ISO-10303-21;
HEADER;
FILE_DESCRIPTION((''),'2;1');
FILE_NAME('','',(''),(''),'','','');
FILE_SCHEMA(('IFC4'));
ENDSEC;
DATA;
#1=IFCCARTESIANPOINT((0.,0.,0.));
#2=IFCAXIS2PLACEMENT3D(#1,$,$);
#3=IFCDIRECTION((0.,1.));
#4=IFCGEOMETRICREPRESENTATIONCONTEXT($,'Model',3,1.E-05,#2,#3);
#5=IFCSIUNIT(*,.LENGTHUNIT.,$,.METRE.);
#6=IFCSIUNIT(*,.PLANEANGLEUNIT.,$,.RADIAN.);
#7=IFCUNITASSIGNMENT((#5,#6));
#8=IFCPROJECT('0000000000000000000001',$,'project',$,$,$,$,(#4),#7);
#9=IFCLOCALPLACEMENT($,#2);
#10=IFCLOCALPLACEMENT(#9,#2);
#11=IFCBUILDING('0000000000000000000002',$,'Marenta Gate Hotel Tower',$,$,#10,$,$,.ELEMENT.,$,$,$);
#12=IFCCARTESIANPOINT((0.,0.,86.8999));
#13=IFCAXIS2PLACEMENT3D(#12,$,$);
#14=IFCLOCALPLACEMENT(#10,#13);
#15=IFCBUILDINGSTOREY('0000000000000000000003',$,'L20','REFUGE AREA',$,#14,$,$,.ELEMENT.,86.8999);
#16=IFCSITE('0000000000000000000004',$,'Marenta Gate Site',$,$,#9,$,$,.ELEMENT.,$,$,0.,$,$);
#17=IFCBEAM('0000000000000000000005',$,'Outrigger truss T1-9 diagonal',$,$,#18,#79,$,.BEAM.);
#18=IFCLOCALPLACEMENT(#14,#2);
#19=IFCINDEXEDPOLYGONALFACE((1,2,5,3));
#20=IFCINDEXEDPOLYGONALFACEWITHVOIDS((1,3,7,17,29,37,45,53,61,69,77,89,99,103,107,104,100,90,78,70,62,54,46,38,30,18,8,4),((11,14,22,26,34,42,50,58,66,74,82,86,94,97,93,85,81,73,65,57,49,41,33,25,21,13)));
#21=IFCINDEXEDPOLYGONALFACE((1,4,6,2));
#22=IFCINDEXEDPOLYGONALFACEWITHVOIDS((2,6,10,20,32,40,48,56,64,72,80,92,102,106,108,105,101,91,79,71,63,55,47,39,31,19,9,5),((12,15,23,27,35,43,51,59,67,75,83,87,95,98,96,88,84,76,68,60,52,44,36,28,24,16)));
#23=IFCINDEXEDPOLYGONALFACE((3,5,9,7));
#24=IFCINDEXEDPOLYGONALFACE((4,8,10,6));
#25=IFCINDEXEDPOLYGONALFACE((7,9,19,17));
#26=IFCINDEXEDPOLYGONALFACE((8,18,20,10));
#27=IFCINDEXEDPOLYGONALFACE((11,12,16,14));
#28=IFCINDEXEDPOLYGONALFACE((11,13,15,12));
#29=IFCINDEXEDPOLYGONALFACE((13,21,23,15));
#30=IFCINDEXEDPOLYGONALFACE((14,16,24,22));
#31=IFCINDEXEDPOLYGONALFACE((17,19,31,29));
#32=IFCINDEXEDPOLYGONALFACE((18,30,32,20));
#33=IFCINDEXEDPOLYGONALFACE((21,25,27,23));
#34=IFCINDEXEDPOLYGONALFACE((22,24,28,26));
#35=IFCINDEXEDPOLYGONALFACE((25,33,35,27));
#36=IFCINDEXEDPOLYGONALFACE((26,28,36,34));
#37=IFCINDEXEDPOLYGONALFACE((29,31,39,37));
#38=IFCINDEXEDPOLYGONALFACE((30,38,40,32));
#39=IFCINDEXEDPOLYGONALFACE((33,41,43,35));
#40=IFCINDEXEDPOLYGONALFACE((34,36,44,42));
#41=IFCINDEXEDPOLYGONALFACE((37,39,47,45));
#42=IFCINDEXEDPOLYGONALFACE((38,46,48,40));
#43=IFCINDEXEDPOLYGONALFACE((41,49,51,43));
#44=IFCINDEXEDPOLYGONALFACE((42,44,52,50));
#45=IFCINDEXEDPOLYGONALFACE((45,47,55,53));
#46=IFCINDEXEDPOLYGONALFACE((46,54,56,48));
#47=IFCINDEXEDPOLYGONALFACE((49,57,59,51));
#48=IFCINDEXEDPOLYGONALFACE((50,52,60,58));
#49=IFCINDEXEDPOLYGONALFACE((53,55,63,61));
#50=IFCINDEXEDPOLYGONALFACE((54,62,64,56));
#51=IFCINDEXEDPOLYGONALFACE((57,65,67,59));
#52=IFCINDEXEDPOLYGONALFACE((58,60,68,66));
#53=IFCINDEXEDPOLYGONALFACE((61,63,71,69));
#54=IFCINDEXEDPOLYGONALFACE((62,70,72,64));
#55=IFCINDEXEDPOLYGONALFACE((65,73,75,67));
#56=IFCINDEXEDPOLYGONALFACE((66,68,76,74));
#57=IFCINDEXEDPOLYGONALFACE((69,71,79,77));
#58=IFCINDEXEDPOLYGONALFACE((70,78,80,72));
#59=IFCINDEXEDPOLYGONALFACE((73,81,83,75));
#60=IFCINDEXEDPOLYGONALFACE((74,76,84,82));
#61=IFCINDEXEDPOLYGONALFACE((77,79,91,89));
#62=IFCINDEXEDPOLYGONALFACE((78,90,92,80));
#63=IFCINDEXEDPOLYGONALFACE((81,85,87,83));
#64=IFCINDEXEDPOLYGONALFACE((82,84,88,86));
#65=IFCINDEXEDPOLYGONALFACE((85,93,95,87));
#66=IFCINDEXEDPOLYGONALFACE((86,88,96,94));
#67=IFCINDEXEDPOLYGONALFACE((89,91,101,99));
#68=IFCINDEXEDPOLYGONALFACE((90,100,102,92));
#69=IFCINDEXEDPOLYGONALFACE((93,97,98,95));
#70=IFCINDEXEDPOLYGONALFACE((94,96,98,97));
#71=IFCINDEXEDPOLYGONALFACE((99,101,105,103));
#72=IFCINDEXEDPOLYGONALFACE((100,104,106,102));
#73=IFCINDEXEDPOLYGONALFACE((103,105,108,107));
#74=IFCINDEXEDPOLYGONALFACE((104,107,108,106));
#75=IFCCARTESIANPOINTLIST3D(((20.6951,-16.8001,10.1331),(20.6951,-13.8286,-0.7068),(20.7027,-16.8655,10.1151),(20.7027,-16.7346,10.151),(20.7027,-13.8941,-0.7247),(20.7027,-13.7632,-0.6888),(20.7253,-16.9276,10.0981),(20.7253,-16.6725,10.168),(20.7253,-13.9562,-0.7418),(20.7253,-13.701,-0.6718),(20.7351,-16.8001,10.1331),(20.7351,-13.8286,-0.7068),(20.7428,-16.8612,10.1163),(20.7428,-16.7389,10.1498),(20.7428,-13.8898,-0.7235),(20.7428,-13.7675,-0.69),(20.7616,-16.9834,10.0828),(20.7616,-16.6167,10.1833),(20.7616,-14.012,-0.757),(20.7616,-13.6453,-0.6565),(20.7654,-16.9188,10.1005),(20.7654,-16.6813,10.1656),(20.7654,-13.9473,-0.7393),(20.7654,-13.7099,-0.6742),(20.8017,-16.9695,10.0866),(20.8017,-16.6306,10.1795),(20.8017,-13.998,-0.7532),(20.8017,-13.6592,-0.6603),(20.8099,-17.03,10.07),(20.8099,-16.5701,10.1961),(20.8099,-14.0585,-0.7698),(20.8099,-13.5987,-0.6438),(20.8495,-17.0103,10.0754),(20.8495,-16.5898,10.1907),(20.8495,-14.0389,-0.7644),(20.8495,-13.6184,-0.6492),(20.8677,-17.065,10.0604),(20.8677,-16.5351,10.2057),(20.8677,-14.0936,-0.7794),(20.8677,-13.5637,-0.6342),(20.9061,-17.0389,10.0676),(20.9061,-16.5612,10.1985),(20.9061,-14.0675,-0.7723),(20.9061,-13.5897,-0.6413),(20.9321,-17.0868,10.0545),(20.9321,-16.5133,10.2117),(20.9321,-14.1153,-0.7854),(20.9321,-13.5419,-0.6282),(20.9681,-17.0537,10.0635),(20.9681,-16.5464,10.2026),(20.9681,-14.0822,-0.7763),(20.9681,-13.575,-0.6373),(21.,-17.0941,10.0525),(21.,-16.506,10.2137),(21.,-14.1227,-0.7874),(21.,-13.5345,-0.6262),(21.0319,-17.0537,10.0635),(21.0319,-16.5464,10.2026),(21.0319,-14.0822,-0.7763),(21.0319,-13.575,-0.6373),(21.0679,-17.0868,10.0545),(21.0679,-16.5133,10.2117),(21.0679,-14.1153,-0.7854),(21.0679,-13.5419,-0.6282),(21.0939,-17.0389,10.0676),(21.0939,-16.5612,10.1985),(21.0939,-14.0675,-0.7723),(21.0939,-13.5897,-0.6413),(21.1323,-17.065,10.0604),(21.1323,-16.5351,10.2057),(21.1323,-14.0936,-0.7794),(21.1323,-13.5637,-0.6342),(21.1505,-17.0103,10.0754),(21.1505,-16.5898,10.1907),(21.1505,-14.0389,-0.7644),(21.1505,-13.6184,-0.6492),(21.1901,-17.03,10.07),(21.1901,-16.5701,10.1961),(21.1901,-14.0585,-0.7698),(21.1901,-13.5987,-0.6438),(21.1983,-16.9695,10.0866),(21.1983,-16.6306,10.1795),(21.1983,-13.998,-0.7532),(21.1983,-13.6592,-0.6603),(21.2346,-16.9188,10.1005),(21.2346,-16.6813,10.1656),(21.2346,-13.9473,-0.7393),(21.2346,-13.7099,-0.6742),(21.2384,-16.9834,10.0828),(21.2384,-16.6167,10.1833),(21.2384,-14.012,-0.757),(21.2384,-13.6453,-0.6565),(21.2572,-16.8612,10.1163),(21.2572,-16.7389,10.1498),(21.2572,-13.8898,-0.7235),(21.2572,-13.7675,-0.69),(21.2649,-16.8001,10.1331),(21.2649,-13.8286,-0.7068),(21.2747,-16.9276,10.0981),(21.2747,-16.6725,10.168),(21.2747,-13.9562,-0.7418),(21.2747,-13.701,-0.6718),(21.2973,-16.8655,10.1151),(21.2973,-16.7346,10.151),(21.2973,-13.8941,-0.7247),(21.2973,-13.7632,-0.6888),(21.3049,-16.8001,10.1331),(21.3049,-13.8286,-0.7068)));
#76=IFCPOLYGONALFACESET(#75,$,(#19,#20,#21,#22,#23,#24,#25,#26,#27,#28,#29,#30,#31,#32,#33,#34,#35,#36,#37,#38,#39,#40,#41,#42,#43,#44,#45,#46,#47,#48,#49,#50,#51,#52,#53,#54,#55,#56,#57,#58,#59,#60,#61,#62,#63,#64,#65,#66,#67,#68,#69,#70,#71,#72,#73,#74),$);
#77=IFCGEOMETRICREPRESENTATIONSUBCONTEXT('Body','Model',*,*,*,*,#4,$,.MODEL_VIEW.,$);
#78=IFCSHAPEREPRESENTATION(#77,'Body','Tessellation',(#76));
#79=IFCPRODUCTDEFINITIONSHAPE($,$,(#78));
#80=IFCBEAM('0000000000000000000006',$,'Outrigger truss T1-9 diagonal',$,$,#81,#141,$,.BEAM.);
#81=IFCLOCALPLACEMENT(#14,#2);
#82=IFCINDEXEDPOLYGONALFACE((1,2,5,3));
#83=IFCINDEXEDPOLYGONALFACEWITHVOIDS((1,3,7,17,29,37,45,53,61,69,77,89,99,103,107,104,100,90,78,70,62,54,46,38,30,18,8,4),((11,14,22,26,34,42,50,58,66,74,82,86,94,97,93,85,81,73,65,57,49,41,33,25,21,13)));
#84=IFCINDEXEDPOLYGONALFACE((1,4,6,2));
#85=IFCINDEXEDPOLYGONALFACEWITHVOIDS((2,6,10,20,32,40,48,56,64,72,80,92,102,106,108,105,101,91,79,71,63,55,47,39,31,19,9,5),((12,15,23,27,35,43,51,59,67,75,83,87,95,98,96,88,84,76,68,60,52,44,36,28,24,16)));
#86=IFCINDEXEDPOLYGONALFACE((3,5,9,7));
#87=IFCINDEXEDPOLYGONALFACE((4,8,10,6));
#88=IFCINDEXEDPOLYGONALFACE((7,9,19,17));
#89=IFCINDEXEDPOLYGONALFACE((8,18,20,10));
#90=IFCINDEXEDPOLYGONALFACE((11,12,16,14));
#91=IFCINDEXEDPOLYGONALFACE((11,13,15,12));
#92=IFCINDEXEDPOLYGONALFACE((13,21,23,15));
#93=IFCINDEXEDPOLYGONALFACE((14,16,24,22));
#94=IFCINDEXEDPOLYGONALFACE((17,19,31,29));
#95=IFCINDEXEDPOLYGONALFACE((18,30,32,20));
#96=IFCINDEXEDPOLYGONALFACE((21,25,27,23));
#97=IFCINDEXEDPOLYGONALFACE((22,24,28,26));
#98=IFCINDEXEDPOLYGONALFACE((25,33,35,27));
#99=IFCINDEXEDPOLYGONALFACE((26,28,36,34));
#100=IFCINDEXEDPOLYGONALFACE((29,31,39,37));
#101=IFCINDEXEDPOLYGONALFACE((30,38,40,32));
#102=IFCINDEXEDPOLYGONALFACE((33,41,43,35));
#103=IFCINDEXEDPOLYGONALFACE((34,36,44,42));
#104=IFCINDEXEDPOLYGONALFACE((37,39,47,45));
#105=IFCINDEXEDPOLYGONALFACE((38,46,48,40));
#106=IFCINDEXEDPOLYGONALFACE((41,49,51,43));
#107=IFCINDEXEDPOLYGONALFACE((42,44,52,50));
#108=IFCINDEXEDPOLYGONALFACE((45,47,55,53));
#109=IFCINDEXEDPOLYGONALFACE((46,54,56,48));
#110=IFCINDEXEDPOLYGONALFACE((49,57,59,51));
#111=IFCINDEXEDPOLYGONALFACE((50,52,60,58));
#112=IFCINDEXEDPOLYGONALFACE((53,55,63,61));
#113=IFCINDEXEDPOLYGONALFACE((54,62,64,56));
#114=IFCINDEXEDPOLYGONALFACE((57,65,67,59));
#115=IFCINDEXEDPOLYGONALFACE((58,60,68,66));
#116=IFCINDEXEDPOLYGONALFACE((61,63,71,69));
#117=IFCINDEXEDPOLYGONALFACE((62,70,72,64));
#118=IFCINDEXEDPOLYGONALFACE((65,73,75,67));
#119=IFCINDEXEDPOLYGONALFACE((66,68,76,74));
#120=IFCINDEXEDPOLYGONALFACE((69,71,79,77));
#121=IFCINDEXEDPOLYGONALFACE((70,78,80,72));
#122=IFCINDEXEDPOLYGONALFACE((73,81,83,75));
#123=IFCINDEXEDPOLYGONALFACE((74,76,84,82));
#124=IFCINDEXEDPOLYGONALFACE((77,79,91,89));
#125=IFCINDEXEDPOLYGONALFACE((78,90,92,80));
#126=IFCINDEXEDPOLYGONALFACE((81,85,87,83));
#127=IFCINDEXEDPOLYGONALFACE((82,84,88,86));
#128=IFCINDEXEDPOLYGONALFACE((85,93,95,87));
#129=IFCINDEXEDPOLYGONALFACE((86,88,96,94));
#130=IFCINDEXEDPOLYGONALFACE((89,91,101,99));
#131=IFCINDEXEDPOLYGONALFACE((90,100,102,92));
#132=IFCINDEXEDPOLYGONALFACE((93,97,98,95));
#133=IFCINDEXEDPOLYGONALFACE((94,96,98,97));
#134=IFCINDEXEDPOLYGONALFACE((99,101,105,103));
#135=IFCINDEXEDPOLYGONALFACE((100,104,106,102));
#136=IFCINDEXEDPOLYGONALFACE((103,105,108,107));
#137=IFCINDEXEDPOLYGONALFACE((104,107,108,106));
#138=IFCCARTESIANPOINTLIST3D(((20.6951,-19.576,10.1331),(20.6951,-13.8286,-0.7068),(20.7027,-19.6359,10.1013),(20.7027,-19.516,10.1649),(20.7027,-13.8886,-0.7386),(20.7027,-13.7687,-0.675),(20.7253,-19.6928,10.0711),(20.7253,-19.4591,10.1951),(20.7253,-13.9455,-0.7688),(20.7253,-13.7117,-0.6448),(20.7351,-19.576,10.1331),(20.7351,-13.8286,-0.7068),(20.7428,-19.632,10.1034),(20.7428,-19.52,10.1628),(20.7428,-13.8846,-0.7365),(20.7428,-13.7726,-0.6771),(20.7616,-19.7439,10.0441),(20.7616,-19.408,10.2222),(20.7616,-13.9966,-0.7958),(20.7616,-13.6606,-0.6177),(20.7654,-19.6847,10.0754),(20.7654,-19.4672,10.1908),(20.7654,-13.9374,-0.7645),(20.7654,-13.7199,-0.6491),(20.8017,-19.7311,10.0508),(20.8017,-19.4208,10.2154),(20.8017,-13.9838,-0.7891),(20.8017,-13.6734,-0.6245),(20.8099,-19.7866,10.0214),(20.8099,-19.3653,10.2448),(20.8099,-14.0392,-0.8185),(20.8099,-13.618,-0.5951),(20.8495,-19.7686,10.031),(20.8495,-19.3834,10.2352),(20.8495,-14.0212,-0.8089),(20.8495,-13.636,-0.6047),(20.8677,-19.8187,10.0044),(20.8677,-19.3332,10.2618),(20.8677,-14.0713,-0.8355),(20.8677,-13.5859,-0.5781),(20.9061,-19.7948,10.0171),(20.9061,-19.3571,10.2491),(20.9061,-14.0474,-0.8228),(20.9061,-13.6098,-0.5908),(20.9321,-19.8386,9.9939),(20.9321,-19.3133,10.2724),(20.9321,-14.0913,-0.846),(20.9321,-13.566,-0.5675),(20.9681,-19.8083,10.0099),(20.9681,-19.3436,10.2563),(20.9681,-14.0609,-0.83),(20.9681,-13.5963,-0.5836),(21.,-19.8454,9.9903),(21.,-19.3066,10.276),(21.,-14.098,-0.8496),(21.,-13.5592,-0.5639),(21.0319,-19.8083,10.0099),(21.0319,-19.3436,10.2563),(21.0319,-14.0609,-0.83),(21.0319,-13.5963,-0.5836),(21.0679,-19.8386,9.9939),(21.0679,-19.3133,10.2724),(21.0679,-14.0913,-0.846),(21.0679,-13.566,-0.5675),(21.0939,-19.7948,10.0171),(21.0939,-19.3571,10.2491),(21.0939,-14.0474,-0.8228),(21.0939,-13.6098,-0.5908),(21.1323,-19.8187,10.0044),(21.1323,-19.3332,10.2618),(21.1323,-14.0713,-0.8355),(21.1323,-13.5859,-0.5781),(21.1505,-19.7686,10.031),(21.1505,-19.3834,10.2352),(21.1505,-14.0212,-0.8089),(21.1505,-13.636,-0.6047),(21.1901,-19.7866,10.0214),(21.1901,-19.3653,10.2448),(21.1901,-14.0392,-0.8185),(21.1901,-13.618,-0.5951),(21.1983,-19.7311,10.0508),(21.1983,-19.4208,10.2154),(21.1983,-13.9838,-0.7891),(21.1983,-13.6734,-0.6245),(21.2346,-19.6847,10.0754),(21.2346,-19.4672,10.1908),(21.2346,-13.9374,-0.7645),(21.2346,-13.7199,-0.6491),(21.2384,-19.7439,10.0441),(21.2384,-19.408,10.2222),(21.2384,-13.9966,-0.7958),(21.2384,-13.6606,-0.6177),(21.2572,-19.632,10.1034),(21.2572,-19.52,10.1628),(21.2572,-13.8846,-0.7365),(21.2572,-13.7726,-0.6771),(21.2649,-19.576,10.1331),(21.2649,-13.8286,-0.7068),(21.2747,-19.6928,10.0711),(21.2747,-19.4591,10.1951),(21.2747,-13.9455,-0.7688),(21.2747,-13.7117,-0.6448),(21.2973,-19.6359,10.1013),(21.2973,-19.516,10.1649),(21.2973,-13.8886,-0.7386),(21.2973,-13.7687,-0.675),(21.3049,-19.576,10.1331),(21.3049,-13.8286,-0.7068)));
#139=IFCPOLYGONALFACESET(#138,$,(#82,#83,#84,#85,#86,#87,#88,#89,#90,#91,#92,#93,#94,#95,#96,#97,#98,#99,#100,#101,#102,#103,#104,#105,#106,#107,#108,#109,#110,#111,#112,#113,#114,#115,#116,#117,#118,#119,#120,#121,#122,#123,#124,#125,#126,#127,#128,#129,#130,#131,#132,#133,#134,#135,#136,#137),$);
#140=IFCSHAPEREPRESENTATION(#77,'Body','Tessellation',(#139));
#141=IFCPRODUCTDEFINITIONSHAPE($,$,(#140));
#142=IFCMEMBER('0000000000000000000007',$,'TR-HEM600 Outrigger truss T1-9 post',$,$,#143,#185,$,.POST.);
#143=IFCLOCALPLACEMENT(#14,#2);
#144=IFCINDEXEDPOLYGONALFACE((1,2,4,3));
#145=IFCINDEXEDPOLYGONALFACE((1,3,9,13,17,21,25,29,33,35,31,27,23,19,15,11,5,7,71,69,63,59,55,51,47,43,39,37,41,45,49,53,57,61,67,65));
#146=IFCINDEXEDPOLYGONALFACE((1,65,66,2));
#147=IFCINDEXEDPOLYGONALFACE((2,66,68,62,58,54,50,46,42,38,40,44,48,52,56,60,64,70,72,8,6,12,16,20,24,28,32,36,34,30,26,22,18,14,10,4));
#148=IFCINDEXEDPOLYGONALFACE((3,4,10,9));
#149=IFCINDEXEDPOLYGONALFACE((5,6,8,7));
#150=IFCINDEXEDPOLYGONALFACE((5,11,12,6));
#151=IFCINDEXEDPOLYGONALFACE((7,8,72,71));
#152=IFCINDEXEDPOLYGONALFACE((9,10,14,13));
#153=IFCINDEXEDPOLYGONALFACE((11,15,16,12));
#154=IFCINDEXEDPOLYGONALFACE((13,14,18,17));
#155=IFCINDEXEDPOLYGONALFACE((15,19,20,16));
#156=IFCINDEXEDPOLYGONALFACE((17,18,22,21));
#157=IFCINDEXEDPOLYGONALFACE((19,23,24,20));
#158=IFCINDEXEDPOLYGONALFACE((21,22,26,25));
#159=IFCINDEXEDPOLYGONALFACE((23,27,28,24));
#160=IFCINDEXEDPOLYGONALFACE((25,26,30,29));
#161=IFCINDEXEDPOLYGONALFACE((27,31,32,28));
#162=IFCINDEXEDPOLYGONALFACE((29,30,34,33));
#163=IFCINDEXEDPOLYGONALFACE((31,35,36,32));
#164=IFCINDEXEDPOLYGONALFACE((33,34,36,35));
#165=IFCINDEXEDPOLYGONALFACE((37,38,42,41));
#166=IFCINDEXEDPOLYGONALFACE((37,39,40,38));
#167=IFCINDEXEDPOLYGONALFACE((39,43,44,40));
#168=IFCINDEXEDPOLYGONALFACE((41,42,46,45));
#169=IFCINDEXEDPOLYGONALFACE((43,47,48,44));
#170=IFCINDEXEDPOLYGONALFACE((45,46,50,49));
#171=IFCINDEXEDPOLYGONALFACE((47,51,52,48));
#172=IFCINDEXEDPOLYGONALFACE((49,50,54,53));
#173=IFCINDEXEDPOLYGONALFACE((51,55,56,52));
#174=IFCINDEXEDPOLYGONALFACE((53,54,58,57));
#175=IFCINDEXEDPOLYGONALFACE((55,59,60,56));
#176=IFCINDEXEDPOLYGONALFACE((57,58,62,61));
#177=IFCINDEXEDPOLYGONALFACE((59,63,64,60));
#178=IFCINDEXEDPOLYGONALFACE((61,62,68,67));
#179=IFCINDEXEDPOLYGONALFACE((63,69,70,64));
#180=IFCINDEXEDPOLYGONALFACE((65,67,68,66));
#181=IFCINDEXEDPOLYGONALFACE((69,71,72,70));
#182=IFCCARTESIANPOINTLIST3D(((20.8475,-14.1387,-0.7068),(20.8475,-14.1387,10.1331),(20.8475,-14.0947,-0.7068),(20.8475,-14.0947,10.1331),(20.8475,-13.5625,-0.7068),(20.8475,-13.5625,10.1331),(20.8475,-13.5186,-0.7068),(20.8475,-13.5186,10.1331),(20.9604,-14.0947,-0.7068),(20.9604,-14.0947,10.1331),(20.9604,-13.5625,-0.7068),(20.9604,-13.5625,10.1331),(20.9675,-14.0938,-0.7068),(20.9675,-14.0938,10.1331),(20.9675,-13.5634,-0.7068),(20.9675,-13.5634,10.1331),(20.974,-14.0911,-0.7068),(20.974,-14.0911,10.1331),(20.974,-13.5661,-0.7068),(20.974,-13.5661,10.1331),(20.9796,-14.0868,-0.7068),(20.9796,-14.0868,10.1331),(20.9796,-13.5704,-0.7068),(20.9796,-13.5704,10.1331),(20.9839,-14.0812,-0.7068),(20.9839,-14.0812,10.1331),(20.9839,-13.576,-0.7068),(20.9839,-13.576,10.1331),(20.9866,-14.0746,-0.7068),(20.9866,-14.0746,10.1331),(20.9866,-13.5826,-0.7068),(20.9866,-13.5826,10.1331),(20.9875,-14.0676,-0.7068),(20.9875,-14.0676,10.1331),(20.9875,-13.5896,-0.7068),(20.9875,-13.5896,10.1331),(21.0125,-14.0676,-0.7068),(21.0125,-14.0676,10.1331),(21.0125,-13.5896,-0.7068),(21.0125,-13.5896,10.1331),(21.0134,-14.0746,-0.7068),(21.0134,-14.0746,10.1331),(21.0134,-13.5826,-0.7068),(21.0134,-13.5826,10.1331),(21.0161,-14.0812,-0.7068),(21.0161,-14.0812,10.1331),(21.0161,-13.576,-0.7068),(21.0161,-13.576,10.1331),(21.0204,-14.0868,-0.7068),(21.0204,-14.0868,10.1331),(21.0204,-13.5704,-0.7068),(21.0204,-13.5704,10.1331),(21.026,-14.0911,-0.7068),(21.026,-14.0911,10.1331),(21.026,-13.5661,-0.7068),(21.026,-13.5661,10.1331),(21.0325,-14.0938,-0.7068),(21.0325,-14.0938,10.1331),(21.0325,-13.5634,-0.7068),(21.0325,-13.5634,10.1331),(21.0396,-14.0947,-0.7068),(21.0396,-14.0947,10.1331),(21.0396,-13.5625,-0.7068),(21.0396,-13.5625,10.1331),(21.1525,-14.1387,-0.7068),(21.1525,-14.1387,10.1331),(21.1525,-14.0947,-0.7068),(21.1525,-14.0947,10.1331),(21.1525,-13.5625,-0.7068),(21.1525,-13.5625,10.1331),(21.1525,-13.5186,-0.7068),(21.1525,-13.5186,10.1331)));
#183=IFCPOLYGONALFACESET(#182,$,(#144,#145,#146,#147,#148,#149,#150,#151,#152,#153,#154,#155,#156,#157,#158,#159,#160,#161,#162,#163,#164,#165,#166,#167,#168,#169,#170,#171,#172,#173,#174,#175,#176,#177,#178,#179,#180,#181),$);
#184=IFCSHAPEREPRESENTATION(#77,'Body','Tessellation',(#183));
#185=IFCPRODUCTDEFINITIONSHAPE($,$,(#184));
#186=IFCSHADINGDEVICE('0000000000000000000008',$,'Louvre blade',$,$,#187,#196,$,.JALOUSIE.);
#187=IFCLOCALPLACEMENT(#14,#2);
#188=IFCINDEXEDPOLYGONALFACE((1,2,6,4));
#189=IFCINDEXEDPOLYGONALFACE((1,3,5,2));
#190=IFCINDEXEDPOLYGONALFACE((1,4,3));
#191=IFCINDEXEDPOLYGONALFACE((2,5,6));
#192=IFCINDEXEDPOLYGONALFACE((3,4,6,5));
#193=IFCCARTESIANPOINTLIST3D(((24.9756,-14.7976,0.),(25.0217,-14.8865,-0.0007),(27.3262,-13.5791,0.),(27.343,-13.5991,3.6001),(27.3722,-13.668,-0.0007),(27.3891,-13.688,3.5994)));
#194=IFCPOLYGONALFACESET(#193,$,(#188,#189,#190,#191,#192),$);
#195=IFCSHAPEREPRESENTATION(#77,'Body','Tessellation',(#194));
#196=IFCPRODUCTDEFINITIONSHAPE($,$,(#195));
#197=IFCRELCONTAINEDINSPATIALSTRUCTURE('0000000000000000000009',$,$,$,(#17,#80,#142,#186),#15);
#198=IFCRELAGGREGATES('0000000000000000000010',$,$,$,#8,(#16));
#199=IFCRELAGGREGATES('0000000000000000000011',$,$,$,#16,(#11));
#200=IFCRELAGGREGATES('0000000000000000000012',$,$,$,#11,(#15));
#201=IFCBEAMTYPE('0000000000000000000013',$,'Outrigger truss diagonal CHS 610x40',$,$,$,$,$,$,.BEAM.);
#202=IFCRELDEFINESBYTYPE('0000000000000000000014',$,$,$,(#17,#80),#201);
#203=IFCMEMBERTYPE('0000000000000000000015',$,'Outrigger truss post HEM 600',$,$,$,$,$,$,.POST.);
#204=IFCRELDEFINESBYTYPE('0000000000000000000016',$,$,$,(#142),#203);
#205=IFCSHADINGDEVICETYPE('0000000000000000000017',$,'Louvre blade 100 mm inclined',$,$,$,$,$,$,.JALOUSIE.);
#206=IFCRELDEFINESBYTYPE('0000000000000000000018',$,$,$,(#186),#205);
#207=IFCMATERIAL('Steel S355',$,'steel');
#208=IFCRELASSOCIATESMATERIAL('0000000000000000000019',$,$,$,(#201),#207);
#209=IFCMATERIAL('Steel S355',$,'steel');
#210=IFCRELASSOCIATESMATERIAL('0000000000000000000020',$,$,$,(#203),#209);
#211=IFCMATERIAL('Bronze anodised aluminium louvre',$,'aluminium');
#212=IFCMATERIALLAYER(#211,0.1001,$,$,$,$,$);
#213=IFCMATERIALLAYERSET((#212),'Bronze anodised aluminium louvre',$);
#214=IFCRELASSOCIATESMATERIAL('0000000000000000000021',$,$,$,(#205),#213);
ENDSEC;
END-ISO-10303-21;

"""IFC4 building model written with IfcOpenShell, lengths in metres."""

from ifc_helpers import new_model, si_unit, direction, frame, origin, origin_2d, place, context, subcontext, project, spatial, polyline, hollow_circle, i_section, outline, extrude, material, layer, layer_set, material_profile, profile_set, type_object, element, save


model = new_model("IFC4")

# Units and contexts
model_context = context("Model", 3, precision=1e-05, world=origin(), true_north=direction((0.0, 1.0)))
body_context = subcontext(model_context, "Body", "Model", "MODEL_VIEW")
ifc_project = project(units=[si_unit("LENGTHUNIT", "METRE"), si_unit("PLANEANGLEUNIT", "RADIAN")], contexts=[model_context])

# Site, building, storey
site_placement = place(None, origin())
site = spatial("IfcSite", under=ifc_project, at=site_placement, Name="Marenta Gate Site", CompositionType="ELEMENT", RefElevation=0.0)
building_placement = place(site_placement, origin())
building = spatial("IfcBuilding", under=site, at=building_placement, Name="Marenta Gate Hotel Tower", CompositionType="ELEMENT")
storey_placement = place(building_placement, frame((0.0, 0.0, 86.8999)))
storey = spatial("IfcBuildingStorey", under=building, at=storey_placement, Name="L20", Description="REFUGE AREA", CompositionType="ELEMENT", Elevation=86.8999)

# Beams
ifc_material_1 = material(Name="Steel S355", Category="steel")
ifc_material_profile_1 = material_profile(ifc_material_1, hollow_circle(Radius=0.3049, WallThickness=0.04, at=origin_2d()), Name="CHS 610x40")
ifc_profile_set_1 = profile_set([ifc_material_profile_1], Name="Steel S355")
beam_type_1 = type_object("IfcBeamType", Name="Outrigger truss diagonal CHS 610x40", PredefinedType="BEAM", material=ifc_profile_set_1)
beam_1_placement = place(storey_placement, frame((21.0, -13.8286, -0.7068), z_axis=(0.0, -0.264369, 0.964422), x_axis=(1.0, 0.0, 0.0)))
element("IfcBeam", 1, at=beam_1_placement, inside=storey, type_object=beam_type_1, Name="Outrigger truss T1-9 diagonal", PredefinedType="BEAM", context=body_context, shape_type="SweptSolid", body=[
    extrude(hollow_circle(Radius=0.3049, WallThickness=0.04, at=origin_2d()), origin(), (0.0, 0.0, 1.0), 11.2397),
])
beam_2_placement = place(storey_placement, frame((21.0, -13.8286, -0.7068), z_axis=(0.0, -0.468433, 0.883499), x_axis=(1.0, 0.0, 0.0)))
element("IfcBeam", 2, at=beam_2_placement, inside=storey, type_object=beam_type_1, Name="Outrigger truss T1-9 diagonal", PredefinedType="BEAM", context=body_context, shape_type="SweptSolid", body=[
    extrude(hollow_circle(Radius=0.3049, WallThickness=0.04, at=origin_2d()), origin(), (0.0, 0.0, 1.0), 12.2693),
])

# Member
ifc_material_2 = material(Name="Steel S355", Category="steel")
ifc_material_profile_2 = material_profile(ifc_material_2, i_section(OverallWidth=0.3049, OverallDepth=0.6201, WebThickness=0.0249, FlangeThickness=0.0439, FilletRadius=0.0271, at=origin_2d()), Name="HEM 600")
ifc_profile_set_2 = profile_set([ifc_material_profile_2], Name="Steel S355")
member_type_1 = type_object("IfcMemberType", Name="Outrigger truss post HEM 600", PredefinedType="POST", material=ifc_profile_set_2)
member_1_placement = place(storey_placement, frame((21.0, -13.8286, -0.7068), z_axis=(0.0, 0.0, 1.0), x_axis=(1.0, 0.0, 0.0)))
element("IfcMember", 3, at=member_1_placement, inside=storey, type_object=member_type_1, Name="TR-HEM600 Outrigger truss T1-9 post", PredefinedType="POST", context=body_context, shape_type="SweptSolid", body=[
    extrude(i_section(OverallWidth=0.3049, OverallDepth=0.6201, WebThickness=0.0249, FlangeThickness=0.0439, FilletRadius=0.0271, at=origin_2d()), origin(), (0.0, 0.0, 1.0), 10.8398),
])

# Shading device
ifc_material_3 = material(Name="Bronze anodised aluminium louvre", Category="aluminium")
ifc_layer = layer(ifc_material_3, 0.1001)
ifc_layer_set = layer_set([ifc_layer], Name="Bronze anodised aluminium louvre")
shading_device_type = type_object("IfcShadingDeviceType", Name="Louvre blade 100 mm inclined", PredefinedType="JALOUSIE", material=ifc_layer_set)
shading_device_1_placement = place(storey_placement, frame((24.9756, -14.7976, 0.0), z_axis=(-0.460211, 0.887781, 0.00709), x_axis=(0.887803, 0.460223, 0.0)))
element("IfcShadingDevice", 4, at=shading_device_1_placement, inside=storey, type_object=shading_device_type, Name="Louvre blade", PredefinedType="JALOUSIE", context=body_context, shape_type="SweptSolid", body=[
    extrude(outline(polyline([(0.0, 0.0), (2.6476, 0.0), (2.6534, -3.6002), (0.0, 0.0)])), origin(), (0.0, 0.0, -1.0), 0.1001),
])

save(model, "model.ifc")
